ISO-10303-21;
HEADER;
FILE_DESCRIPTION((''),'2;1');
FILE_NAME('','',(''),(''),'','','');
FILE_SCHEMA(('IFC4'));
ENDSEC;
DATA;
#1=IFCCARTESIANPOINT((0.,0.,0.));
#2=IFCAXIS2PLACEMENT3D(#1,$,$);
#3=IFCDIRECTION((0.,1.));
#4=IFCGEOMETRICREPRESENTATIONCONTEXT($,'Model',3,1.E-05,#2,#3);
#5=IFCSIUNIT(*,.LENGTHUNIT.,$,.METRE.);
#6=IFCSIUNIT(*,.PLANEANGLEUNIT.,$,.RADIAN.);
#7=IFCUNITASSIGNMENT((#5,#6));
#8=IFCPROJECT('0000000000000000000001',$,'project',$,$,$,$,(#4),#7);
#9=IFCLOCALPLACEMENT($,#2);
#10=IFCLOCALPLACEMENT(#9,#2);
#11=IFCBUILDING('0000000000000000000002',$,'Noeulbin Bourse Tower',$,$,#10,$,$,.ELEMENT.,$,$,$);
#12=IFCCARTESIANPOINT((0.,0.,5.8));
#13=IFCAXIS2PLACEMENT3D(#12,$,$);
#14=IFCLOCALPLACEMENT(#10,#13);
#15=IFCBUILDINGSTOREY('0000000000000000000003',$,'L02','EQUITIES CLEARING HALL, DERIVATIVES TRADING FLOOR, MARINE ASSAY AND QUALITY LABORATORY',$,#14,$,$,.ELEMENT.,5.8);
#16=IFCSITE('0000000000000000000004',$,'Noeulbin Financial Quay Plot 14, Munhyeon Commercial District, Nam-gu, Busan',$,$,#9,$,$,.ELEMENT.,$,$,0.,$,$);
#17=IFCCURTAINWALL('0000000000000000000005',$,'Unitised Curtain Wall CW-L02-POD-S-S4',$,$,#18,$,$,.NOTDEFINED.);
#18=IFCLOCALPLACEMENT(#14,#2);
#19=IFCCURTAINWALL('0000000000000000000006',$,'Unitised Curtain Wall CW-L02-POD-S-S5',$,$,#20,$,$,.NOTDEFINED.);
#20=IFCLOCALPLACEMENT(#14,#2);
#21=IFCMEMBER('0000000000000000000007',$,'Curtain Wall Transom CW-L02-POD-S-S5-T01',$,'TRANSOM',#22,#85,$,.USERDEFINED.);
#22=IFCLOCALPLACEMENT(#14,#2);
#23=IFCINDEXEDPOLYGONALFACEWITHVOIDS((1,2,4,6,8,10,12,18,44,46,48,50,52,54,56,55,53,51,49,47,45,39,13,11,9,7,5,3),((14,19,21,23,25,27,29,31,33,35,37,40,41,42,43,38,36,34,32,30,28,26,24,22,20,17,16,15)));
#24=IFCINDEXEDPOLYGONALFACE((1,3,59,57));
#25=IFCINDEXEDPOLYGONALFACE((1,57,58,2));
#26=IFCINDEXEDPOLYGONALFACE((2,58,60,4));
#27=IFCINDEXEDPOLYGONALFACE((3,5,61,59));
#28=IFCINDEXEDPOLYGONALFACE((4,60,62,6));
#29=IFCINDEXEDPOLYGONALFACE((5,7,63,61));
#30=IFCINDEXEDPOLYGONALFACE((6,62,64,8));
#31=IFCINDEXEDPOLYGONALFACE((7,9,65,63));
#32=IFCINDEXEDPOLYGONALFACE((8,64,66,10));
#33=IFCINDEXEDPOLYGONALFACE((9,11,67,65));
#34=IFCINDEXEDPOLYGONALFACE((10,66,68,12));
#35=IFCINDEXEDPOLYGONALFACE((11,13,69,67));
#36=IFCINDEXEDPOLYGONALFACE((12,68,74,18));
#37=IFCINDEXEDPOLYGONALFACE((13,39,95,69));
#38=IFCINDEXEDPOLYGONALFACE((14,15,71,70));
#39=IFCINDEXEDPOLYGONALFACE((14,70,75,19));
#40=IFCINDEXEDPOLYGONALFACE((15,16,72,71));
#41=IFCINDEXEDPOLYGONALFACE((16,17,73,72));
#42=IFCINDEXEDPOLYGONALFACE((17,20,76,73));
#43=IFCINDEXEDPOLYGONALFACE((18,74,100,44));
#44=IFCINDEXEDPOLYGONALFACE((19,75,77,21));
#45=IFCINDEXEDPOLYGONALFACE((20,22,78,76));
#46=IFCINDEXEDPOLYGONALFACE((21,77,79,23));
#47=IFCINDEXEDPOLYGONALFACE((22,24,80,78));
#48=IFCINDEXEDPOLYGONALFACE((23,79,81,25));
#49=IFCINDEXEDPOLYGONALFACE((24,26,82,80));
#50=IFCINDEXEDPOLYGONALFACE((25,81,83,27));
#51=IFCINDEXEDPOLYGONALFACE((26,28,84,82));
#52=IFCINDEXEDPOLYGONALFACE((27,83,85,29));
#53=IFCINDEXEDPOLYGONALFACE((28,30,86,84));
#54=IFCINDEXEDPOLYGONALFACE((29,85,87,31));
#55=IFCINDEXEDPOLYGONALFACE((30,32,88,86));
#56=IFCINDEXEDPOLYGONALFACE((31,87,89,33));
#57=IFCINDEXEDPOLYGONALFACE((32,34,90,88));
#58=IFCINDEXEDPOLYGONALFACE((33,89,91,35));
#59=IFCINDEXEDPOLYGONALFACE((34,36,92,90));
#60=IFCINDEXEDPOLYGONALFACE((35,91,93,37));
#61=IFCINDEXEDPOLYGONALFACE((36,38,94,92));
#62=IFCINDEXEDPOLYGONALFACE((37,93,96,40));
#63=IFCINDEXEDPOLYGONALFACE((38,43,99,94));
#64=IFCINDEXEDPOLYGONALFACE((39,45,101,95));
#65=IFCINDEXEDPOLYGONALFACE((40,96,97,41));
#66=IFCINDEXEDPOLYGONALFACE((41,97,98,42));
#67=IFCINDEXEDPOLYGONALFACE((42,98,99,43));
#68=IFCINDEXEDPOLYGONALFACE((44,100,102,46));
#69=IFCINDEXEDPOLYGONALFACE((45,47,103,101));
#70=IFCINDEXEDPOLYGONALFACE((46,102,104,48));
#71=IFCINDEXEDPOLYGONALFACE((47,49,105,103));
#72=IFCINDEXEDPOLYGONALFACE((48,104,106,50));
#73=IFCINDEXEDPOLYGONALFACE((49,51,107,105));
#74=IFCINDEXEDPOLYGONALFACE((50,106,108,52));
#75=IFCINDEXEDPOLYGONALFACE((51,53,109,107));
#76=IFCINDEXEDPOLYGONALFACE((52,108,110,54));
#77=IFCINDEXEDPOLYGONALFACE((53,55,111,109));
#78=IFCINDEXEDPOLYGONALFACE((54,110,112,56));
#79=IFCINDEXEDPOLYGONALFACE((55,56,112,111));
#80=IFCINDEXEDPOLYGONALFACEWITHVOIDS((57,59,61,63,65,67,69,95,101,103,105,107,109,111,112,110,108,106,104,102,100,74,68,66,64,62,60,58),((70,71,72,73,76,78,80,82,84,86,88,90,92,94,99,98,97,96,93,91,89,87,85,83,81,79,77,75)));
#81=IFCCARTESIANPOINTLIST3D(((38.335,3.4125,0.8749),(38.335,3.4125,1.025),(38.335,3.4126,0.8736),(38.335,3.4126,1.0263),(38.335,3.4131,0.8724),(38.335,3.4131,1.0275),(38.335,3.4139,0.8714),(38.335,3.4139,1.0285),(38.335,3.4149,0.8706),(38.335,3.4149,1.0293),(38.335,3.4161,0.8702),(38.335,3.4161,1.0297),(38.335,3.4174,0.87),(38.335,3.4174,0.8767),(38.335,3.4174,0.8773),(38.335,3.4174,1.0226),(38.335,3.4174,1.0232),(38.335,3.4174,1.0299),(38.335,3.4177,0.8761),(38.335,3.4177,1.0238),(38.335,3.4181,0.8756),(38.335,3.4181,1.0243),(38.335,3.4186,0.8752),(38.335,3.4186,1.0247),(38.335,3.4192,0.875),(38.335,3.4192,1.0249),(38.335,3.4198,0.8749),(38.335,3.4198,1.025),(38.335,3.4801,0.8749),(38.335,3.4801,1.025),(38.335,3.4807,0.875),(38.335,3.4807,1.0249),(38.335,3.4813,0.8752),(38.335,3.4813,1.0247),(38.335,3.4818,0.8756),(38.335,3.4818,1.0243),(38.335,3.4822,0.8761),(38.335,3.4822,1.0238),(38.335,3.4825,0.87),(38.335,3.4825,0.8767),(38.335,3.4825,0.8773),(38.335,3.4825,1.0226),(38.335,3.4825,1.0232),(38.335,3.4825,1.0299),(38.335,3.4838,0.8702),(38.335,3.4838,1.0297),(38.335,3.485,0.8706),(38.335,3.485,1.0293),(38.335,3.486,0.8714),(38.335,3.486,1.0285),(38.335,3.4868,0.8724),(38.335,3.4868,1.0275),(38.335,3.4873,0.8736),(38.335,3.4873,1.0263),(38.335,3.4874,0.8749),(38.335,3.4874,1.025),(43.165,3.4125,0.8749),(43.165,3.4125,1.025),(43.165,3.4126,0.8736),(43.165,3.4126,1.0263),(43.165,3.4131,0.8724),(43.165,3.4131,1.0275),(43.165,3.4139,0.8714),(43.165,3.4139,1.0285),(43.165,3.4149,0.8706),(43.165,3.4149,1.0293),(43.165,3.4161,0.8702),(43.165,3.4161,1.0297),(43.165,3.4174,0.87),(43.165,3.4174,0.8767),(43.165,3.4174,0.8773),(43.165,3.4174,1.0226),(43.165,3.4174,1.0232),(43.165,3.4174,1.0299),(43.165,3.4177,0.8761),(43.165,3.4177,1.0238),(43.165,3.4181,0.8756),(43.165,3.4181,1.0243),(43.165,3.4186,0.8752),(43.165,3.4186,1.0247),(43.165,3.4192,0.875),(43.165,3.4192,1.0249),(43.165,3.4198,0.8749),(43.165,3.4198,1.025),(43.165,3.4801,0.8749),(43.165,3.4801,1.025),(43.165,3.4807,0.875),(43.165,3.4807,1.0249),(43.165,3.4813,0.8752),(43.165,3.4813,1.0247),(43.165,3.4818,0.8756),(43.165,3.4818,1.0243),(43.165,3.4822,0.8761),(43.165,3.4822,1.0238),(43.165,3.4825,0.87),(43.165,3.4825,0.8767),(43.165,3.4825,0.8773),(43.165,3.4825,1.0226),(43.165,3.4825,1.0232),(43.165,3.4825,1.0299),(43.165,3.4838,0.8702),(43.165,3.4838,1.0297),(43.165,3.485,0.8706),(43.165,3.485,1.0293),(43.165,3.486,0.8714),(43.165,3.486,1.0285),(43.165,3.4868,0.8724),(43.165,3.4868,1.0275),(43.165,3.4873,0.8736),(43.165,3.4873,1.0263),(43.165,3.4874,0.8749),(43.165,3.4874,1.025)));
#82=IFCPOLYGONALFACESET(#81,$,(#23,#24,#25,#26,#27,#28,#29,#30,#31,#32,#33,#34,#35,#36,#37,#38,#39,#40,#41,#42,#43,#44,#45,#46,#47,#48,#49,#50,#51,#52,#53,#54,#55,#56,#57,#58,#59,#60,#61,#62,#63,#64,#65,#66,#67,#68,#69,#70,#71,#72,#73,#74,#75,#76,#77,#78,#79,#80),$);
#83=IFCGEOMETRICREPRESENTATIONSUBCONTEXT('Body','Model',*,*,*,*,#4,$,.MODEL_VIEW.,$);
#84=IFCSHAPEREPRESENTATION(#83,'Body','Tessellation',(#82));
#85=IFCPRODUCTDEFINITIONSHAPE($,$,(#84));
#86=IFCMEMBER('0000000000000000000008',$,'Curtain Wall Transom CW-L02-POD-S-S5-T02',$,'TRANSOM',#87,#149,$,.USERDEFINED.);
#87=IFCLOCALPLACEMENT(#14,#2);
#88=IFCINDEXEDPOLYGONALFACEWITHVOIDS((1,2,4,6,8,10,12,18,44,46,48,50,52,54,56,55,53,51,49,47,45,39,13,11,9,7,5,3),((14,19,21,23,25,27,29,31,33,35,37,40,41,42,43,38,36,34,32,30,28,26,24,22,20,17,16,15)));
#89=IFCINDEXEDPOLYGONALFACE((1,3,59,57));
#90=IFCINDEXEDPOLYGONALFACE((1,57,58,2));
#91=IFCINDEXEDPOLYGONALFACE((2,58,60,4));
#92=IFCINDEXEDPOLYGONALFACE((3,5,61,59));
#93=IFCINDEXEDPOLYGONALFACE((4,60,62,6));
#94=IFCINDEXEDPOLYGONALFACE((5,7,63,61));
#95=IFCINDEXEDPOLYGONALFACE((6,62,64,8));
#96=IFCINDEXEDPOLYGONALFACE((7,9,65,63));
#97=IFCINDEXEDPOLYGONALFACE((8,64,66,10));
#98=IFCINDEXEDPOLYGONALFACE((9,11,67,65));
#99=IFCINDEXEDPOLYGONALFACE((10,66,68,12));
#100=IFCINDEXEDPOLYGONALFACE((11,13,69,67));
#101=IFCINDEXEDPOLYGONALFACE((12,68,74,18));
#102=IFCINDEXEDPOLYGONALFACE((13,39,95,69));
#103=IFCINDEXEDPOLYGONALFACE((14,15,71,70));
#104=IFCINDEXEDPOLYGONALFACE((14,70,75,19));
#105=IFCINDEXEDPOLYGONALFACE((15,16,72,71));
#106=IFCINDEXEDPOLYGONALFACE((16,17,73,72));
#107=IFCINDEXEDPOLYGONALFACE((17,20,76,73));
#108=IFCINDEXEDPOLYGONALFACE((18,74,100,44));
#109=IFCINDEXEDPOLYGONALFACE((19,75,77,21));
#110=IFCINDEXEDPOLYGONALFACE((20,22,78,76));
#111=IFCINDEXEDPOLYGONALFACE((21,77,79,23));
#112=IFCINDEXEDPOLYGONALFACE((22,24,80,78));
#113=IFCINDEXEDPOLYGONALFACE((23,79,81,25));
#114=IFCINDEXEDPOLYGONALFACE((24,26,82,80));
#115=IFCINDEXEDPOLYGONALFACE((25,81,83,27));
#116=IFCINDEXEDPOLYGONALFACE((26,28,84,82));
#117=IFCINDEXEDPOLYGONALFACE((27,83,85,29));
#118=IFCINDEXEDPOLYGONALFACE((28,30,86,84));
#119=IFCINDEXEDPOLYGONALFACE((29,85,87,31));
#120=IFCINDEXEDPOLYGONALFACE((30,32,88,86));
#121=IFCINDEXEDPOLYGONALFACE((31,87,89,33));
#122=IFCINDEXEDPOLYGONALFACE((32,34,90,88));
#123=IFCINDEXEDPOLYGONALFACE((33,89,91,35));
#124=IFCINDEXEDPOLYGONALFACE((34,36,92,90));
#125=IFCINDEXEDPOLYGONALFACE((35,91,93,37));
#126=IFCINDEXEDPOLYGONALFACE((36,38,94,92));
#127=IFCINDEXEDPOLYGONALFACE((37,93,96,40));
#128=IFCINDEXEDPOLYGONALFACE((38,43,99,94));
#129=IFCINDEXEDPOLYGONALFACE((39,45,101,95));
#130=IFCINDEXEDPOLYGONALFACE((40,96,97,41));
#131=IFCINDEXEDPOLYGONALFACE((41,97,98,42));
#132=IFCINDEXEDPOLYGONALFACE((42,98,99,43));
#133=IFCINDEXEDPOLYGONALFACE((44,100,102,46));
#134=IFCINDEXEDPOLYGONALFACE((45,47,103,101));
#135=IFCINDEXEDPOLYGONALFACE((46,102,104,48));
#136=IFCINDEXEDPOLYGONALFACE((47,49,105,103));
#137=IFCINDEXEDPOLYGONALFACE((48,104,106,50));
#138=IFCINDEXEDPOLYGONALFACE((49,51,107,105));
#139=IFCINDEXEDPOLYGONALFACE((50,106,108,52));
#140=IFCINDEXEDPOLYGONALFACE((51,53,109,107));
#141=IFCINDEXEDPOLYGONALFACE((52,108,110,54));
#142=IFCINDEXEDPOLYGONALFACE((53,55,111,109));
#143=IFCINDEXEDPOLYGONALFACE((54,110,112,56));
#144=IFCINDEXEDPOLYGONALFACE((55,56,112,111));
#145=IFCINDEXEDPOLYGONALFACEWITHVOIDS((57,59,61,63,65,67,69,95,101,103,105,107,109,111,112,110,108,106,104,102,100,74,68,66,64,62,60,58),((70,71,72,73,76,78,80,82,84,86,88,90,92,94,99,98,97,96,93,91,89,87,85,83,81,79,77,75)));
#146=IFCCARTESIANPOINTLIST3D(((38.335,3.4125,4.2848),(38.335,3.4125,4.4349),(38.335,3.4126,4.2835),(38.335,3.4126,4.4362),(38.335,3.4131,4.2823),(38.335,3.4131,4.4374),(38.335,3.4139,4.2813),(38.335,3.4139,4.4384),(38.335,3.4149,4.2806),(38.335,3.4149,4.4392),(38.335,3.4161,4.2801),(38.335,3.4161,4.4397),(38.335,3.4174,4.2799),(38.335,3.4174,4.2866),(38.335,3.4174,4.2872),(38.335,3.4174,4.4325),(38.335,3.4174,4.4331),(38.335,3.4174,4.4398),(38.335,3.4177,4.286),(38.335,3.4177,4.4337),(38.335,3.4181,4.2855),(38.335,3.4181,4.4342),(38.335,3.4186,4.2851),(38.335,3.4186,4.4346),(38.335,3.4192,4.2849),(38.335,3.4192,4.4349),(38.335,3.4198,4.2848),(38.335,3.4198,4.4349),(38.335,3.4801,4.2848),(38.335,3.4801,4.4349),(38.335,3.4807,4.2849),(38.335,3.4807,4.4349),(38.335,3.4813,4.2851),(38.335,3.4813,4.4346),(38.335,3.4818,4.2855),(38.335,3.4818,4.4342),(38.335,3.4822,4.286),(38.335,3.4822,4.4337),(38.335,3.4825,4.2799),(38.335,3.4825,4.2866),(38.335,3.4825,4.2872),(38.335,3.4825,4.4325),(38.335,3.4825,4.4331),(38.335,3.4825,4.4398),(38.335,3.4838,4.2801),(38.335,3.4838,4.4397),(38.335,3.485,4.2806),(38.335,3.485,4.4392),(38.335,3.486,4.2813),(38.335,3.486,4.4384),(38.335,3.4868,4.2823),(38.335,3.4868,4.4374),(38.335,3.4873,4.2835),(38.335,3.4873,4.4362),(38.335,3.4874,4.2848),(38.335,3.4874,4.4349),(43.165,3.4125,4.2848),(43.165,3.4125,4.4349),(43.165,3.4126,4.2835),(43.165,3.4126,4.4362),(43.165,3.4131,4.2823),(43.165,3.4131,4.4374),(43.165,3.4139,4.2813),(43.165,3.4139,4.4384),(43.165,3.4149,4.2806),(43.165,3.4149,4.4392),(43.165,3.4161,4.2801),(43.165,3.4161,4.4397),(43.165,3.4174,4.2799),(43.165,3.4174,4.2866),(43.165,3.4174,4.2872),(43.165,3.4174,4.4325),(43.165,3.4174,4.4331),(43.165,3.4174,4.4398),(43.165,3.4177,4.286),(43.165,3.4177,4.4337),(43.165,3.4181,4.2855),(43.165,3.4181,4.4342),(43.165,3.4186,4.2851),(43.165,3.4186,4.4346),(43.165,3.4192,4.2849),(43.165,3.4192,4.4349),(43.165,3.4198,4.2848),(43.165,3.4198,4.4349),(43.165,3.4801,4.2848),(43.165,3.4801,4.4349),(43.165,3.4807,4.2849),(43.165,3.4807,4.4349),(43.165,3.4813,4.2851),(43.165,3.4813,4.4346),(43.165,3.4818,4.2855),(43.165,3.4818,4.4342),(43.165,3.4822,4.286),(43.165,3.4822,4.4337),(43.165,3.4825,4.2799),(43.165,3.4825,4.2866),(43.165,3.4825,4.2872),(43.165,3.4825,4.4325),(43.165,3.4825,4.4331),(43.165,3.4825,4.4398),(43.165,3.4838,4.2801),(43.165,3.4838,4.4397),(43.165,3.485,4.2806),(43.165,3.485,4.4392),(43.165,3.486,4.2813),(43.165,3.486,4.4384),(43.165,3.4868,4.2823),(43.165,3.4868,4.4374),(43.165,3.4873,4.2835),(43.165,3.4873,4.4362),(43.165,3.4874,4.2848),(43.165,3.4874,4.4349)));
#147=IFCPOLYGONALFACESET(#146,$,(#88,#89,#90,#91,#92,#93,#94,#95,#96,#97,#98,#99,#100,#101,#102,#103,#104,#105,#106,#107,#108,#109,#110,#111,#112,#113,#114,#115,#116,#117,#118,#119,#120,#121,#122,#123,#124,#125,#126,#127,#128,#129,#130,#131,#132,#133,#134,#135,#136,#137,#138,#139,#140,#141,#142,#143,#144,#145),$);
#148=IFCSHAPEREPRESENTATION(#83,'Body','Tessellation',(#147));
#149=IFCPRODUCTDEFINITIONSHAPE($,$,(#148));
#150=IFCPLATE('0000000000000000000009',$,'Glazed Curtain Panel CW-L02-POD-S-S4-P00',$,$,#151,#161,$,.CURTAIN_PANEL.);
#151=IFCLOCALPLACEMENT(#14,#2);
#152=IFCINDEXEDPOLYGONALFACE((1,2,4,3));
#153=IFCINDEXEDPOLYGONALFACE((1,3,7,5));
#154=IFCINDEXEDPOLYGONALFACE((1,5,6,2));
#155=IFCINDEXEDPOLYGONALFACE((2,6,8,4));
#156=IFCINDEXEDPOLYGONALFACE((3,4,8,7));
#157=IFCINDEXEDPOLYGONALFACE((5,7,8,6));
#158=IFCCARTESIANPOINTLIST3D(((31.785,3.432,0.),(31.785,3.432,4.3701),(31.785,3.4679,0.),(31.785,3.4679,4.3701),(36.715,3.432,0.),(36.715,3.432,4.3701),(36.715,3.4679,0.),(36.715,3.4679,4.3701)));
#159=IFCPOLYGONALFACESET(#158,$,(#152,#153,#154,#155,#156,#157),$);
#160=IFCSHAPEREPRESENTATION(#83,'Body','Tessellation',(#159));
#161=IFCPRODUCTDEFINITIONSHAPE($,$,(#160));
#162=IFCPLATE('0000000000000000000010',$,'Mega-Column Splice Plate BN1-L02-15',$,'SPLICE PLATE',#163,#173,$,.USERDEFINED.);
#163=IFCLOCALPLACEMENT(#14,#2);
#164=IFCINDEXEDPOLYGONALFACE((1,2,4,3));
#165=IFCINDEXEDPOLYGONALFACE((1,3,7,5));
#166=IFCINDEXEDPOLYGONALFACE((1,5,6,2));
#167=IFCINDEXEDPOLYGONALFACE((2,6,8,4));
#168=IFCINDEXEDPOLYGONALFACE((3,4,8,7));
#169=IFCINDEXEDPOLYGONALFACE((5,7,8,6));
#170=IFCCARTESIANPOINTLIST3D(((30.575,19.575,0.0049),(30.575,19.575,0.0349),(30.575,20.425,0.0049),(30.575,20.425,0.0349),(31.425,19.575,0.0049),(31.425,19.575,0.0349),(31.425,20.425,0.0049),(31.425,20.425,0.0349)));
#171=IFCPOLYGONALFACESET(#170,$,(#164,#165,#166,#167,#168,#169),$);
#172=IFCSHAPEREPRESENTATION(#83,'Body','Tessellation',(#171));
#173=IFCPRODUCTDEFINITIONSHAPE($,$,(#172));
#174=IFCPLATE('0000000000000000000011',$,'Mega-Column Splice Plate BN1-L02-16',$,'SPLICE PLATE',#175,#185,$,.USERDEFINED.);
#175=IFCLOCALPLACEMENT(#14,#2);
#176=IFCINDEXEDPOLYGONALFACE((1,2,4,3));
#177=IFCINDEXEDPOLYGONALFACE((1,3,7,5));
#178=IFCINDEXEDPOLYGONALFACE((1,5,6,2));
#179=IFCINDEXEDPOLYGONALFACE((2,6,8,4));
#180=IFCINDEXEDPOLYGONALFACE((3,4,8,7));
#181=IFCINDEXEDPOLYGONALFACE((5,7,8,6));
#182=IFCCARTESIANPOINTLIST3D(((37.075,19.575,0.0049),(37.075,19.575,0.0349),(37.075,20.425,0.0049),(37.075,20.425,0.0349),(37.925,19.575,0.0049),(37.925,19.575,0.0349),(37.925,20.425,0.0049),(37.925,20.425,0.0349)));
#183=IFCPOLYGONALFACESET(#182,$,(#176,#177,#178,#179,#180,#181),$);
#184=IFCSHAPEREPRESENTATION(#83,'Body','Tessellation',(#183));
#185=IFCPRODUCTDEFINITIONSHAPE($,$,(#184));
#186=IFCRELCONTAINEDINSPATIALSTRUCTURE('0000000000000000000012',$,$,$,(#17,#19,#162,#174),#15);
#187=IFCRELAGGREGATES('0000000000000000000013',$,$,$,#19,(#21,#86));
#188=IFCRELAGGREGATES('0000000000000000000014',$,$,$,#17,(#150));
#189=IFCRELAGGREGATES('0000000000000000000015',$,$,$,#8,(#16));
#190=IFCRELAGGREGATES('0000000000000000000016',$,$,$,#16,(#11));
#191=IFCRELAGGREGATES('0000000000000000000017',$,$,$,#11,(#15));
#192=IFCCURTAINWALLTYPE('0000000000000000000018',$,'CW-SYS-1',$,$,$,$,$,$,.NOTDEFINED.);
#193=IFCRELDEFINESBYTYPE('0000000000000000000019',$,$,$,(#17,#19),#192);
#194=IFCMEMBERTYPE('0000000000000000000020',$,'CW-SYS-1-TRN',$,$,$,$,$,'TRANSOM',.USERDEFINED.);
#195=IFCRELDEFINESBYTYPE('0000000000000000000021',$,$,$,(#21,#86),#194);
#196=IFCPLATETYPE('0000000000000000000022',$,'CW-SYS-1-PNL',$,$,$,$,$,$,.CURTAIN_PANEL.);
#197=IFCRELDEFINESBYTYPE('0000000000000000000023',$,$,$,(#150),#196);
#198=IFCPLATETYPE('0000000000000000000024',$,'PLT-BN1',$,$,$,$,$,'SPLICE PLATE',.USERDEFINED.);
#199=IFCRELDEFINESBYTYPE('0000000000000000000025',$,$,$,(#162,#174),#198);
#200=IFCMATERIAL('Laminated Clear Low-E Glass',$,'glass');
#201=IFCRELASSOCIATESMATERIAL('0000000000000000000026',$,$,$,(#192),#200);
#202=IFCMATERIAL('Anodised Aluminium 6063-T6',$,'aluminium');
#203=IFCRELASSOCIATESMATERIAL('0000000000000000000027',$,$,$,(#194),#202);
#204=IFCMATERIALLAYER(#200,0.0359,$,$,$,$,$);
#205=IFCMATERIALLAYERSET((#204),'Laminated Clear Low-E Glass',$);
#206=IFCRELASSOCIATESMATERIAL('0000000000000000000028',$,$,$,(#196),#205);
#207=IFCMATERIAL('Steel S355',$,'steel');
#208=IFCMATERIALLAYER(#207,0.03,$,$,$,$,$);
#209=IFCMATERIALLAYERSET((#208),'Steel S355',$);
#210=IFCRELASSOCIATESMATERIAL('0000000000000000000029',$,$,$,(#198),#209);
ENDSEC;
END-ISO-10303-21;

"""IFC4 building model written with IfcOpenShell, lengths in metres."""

from ifc_helpers import new_model, si_unit, direction, frame, origin, origin_2d, place, context, subcontext, project, spatial, rectangle, hollow_rectangle, extrude, material, layer, layer_set, material_profile, profile_set, type_object, element, aggregate, save


model = new_model("IFC4")

# Units and contexts
model_context = context("Model", 3, precision=1e-05, world=origin(), true_north=direction((0.0, 1.0)))
body_context = subcontext(model_context, "Body", "Model", "MODEL_VIEW")
ifc_project = project(units=[si_unit("LENGTHUNIT", "METRE"), si_unit("PLANEANGLEUNIT", "RADIAN")], contexts=[model_context])

# Site, building, storey
site_placement = place(None, origin())
site = spatial("IfcSite", under=ifc_project, at=site_placement, Name="Noeulbin Financial Quay Plot 14, Munhyeon Commercial District, Nam-gu, Busan", CompositionType="ELEMENT", RefElevation=0.0)
building_placement = place(site_placement, origin())
building = spatial("IfcBuilding", under=site, at=building_placement, Name="Noeulbin Bourse Tower", CompositionType="ELEMENT")
storey_placement = place(building_placement, frame((0.0, 0.0, 5.8)))
storey = spatial("IfcBuildingStorey", under=building, at=storey_placement, Name="L02", Description="EQUITIES CLEARING HALL, DERIVATIVES TRADING FLOOR, MARINE ASSAY AND QUALITY LABORATORY", CompositionType="ELEMENT", Elevation=5.8)

# Shared definitions
ifc_material_1 = material(Name="Steel S355", Category="steel")

# Shared definitions
ifc_material_2 = material(Name="Laminated Clear Low-E Glass", Category="glass")
curtain_wall_type = type_object("IfcCurtainWallType", Name="CW-SYS-1", PredefinedType="NOTDEFINED", material=ifc_material_2)
ifc_material_3 = material(Name="Anodised Aluminium 6063-T6", Category="aluminium")

# Curtain wall
curtain_wall_1_placement = place(storey_placement, origin())
curtain_wall_1 = element("IfcCurtainWall", 1, at=curtain_wall_1_placement, inside=storey, type_object=curtain_wall_type, Name="Unitised Curtain Wall CW-L02-POD-S-S4", PredefinedType="NOTDEFINED")

# Curtain wall
curtain_wall_2_placement = place(storey_placement, origin())
curtain_wall_2 = element("IfcCurtainWall", 2, at=curtain_wall_2_placement, inside=storey, type_object=curtain_wall_type, Name="Unitised Curtain Wall CW-L02-POD-S-S5", PredefinedType="NOTDEFINED")

# Members
ifc_material_profile_1 = material_profile(ifc_material_3, hollow_rectangle(XDim=0.075, YDim=0.1599, WallThickness=0.0049, InnerFilletRadius=0.0024, OuterFilletRadius=0.0049, at=origin_2d()), Name="ALU-TRAN-75x160x5", Category="LoadBearing")
ifc_profile_set_1 = profile_set([ifc_material_profile_1], Name="Anodised Aluminium 6063-T6")
member_type_1 = type_object("IfcMemberType", Name="CW-SYS-1-TRN", ElementType="TRANSOM", PredefinedType="USERDEFINED", material=ifc_profile_set_1)
member_1_placement = place(storey_placement, frame((38.335, 3.45, 0.95), z_axis=(1.0, 0.0, 0.0), x_axis=(0.0, 1.0, 0.0)))
member_1 = element("IfcMember", 3, at=member_1_placement, type_object=member_type_1, Name="Curtain Wall Transom CW-L02-POD-S-S5-T01", ObjectType="TRANSOM", PredefinedType="USERDEFINED", context=body_context, shape_type="SweptSolid", body=[
    extrude(hollow_rectangle(XDim=0.075, YDim=0.1599, WallThickness=0.0049, InnerFilletRadius=0.0024, OuterFilletRadius=0.0049, at=origin_2d()), origin(), (0.0, 0.0, 1.0), 4.8301),
])
member_2_placement = place(storey_placement, frame((38.335, 3.45, 4.3599), z_axis=(1.0, 0.0, 0.0), x_axis=(0.0, 1.0, 0.0)))
member_2 = element("IfcMember", 4, at=member_2_placement, type_object=member_type_1, Name="Curtain Wall Transom CW-L02-POD-S-S5-T02", ObjectType="TRANSOM", PredefinedType="USERDEFINED", context=body_context, shape_type="SweptSolid", body=[
    extrude(hollow_rectangle(XDim=0.075, YDim=0.1599, WallThickness=0.0049, InnerFilletRadius=0.0024, OuterFilletRadius=0.0049, at=origin_2d()), origin(), (0.0, 0.0, 1.0), 4.8301),
])
aggregate(curtain_wall_2, [member_1, member_2])

# Plate
ifc_layer_1 = layer(ifc_material_2, 0.0359)
ifc_layer_set_1 = layer_set([ifc_layer_1], Name="Laminated Clear Low-E Glass")
plate_type_1 = type_object("IfcPlateType", Name="CW-SYS-1-PNL", PredefinedType="CURTAIN_PANEL", material=ifc_layer_set_1)
plate_placement = place(storey_placement, frame((34.25, 3.45, 0.0), z_axis=(0.0, 0.0, 1.0), x_axis=(1.0, 0.0, 0.0)))
plate = element("IfcPlate", 5, at=plate_placement, type_object=plate_type_1, Name="Glazed Curtain Panel CW-L02-POD-S-S4-P00", PredefinedType="CURTAIN_PANEL", context=body_context, shape_type="SweptSolid", body=[
    extrude(rectangle(XDim=4.9299, YDim=0.0359, at=origin_2d()), origin(), (0.0, 0.0, 1.0), 4.3701),
])
aggregate(curtain_wall_1, [plate])

# Plates
ifc_layer_2 = layer(ifc_material_1, 0.03)
ifc_layer_set_2 = layer_set([ifc_layer_2], Name="Steel S355")
plate_type_2 = type_object("IfcPlateType", Name="PLT-BN1", ElementType="SPLICE PLATE", PredefinedType="USERDEFINED", material=ifc_layer_set_2)
for number, where, z_axis, x_axis, name in (
    (6, (31.0, 20.0, 0.0049), (0.0, 0.0, 1.0), (1.0, 0.0, 0.0), "Mega-Column Splice Plate BN1-L02-15"),
    (7, (37.5, 20.0, 0.0049), (0.0, 0.0, 1.0), (1.0, 0.0, 0.0), "Mega-Column Splice Plate BN1-L02-16"),
):
    element("IfcPlate", number, at=place(storey_placement, frame(where, z_axis=z_axis, x_axis=x_axis)), inside=storey, type_object=plate_type_2, Name=name, ObjectType="SPLICE PLATE", PredefinedType="USERDEFINED", context=body_context, shape_type="SweptSolid", body=[
        extrude(rectangle(XDim=0.8501, YDim=0.8501, at=origin_2d()), origin(), (0.0, 0.0, 1.0), 0.03),
    ])

save(model, "model.ifc")
